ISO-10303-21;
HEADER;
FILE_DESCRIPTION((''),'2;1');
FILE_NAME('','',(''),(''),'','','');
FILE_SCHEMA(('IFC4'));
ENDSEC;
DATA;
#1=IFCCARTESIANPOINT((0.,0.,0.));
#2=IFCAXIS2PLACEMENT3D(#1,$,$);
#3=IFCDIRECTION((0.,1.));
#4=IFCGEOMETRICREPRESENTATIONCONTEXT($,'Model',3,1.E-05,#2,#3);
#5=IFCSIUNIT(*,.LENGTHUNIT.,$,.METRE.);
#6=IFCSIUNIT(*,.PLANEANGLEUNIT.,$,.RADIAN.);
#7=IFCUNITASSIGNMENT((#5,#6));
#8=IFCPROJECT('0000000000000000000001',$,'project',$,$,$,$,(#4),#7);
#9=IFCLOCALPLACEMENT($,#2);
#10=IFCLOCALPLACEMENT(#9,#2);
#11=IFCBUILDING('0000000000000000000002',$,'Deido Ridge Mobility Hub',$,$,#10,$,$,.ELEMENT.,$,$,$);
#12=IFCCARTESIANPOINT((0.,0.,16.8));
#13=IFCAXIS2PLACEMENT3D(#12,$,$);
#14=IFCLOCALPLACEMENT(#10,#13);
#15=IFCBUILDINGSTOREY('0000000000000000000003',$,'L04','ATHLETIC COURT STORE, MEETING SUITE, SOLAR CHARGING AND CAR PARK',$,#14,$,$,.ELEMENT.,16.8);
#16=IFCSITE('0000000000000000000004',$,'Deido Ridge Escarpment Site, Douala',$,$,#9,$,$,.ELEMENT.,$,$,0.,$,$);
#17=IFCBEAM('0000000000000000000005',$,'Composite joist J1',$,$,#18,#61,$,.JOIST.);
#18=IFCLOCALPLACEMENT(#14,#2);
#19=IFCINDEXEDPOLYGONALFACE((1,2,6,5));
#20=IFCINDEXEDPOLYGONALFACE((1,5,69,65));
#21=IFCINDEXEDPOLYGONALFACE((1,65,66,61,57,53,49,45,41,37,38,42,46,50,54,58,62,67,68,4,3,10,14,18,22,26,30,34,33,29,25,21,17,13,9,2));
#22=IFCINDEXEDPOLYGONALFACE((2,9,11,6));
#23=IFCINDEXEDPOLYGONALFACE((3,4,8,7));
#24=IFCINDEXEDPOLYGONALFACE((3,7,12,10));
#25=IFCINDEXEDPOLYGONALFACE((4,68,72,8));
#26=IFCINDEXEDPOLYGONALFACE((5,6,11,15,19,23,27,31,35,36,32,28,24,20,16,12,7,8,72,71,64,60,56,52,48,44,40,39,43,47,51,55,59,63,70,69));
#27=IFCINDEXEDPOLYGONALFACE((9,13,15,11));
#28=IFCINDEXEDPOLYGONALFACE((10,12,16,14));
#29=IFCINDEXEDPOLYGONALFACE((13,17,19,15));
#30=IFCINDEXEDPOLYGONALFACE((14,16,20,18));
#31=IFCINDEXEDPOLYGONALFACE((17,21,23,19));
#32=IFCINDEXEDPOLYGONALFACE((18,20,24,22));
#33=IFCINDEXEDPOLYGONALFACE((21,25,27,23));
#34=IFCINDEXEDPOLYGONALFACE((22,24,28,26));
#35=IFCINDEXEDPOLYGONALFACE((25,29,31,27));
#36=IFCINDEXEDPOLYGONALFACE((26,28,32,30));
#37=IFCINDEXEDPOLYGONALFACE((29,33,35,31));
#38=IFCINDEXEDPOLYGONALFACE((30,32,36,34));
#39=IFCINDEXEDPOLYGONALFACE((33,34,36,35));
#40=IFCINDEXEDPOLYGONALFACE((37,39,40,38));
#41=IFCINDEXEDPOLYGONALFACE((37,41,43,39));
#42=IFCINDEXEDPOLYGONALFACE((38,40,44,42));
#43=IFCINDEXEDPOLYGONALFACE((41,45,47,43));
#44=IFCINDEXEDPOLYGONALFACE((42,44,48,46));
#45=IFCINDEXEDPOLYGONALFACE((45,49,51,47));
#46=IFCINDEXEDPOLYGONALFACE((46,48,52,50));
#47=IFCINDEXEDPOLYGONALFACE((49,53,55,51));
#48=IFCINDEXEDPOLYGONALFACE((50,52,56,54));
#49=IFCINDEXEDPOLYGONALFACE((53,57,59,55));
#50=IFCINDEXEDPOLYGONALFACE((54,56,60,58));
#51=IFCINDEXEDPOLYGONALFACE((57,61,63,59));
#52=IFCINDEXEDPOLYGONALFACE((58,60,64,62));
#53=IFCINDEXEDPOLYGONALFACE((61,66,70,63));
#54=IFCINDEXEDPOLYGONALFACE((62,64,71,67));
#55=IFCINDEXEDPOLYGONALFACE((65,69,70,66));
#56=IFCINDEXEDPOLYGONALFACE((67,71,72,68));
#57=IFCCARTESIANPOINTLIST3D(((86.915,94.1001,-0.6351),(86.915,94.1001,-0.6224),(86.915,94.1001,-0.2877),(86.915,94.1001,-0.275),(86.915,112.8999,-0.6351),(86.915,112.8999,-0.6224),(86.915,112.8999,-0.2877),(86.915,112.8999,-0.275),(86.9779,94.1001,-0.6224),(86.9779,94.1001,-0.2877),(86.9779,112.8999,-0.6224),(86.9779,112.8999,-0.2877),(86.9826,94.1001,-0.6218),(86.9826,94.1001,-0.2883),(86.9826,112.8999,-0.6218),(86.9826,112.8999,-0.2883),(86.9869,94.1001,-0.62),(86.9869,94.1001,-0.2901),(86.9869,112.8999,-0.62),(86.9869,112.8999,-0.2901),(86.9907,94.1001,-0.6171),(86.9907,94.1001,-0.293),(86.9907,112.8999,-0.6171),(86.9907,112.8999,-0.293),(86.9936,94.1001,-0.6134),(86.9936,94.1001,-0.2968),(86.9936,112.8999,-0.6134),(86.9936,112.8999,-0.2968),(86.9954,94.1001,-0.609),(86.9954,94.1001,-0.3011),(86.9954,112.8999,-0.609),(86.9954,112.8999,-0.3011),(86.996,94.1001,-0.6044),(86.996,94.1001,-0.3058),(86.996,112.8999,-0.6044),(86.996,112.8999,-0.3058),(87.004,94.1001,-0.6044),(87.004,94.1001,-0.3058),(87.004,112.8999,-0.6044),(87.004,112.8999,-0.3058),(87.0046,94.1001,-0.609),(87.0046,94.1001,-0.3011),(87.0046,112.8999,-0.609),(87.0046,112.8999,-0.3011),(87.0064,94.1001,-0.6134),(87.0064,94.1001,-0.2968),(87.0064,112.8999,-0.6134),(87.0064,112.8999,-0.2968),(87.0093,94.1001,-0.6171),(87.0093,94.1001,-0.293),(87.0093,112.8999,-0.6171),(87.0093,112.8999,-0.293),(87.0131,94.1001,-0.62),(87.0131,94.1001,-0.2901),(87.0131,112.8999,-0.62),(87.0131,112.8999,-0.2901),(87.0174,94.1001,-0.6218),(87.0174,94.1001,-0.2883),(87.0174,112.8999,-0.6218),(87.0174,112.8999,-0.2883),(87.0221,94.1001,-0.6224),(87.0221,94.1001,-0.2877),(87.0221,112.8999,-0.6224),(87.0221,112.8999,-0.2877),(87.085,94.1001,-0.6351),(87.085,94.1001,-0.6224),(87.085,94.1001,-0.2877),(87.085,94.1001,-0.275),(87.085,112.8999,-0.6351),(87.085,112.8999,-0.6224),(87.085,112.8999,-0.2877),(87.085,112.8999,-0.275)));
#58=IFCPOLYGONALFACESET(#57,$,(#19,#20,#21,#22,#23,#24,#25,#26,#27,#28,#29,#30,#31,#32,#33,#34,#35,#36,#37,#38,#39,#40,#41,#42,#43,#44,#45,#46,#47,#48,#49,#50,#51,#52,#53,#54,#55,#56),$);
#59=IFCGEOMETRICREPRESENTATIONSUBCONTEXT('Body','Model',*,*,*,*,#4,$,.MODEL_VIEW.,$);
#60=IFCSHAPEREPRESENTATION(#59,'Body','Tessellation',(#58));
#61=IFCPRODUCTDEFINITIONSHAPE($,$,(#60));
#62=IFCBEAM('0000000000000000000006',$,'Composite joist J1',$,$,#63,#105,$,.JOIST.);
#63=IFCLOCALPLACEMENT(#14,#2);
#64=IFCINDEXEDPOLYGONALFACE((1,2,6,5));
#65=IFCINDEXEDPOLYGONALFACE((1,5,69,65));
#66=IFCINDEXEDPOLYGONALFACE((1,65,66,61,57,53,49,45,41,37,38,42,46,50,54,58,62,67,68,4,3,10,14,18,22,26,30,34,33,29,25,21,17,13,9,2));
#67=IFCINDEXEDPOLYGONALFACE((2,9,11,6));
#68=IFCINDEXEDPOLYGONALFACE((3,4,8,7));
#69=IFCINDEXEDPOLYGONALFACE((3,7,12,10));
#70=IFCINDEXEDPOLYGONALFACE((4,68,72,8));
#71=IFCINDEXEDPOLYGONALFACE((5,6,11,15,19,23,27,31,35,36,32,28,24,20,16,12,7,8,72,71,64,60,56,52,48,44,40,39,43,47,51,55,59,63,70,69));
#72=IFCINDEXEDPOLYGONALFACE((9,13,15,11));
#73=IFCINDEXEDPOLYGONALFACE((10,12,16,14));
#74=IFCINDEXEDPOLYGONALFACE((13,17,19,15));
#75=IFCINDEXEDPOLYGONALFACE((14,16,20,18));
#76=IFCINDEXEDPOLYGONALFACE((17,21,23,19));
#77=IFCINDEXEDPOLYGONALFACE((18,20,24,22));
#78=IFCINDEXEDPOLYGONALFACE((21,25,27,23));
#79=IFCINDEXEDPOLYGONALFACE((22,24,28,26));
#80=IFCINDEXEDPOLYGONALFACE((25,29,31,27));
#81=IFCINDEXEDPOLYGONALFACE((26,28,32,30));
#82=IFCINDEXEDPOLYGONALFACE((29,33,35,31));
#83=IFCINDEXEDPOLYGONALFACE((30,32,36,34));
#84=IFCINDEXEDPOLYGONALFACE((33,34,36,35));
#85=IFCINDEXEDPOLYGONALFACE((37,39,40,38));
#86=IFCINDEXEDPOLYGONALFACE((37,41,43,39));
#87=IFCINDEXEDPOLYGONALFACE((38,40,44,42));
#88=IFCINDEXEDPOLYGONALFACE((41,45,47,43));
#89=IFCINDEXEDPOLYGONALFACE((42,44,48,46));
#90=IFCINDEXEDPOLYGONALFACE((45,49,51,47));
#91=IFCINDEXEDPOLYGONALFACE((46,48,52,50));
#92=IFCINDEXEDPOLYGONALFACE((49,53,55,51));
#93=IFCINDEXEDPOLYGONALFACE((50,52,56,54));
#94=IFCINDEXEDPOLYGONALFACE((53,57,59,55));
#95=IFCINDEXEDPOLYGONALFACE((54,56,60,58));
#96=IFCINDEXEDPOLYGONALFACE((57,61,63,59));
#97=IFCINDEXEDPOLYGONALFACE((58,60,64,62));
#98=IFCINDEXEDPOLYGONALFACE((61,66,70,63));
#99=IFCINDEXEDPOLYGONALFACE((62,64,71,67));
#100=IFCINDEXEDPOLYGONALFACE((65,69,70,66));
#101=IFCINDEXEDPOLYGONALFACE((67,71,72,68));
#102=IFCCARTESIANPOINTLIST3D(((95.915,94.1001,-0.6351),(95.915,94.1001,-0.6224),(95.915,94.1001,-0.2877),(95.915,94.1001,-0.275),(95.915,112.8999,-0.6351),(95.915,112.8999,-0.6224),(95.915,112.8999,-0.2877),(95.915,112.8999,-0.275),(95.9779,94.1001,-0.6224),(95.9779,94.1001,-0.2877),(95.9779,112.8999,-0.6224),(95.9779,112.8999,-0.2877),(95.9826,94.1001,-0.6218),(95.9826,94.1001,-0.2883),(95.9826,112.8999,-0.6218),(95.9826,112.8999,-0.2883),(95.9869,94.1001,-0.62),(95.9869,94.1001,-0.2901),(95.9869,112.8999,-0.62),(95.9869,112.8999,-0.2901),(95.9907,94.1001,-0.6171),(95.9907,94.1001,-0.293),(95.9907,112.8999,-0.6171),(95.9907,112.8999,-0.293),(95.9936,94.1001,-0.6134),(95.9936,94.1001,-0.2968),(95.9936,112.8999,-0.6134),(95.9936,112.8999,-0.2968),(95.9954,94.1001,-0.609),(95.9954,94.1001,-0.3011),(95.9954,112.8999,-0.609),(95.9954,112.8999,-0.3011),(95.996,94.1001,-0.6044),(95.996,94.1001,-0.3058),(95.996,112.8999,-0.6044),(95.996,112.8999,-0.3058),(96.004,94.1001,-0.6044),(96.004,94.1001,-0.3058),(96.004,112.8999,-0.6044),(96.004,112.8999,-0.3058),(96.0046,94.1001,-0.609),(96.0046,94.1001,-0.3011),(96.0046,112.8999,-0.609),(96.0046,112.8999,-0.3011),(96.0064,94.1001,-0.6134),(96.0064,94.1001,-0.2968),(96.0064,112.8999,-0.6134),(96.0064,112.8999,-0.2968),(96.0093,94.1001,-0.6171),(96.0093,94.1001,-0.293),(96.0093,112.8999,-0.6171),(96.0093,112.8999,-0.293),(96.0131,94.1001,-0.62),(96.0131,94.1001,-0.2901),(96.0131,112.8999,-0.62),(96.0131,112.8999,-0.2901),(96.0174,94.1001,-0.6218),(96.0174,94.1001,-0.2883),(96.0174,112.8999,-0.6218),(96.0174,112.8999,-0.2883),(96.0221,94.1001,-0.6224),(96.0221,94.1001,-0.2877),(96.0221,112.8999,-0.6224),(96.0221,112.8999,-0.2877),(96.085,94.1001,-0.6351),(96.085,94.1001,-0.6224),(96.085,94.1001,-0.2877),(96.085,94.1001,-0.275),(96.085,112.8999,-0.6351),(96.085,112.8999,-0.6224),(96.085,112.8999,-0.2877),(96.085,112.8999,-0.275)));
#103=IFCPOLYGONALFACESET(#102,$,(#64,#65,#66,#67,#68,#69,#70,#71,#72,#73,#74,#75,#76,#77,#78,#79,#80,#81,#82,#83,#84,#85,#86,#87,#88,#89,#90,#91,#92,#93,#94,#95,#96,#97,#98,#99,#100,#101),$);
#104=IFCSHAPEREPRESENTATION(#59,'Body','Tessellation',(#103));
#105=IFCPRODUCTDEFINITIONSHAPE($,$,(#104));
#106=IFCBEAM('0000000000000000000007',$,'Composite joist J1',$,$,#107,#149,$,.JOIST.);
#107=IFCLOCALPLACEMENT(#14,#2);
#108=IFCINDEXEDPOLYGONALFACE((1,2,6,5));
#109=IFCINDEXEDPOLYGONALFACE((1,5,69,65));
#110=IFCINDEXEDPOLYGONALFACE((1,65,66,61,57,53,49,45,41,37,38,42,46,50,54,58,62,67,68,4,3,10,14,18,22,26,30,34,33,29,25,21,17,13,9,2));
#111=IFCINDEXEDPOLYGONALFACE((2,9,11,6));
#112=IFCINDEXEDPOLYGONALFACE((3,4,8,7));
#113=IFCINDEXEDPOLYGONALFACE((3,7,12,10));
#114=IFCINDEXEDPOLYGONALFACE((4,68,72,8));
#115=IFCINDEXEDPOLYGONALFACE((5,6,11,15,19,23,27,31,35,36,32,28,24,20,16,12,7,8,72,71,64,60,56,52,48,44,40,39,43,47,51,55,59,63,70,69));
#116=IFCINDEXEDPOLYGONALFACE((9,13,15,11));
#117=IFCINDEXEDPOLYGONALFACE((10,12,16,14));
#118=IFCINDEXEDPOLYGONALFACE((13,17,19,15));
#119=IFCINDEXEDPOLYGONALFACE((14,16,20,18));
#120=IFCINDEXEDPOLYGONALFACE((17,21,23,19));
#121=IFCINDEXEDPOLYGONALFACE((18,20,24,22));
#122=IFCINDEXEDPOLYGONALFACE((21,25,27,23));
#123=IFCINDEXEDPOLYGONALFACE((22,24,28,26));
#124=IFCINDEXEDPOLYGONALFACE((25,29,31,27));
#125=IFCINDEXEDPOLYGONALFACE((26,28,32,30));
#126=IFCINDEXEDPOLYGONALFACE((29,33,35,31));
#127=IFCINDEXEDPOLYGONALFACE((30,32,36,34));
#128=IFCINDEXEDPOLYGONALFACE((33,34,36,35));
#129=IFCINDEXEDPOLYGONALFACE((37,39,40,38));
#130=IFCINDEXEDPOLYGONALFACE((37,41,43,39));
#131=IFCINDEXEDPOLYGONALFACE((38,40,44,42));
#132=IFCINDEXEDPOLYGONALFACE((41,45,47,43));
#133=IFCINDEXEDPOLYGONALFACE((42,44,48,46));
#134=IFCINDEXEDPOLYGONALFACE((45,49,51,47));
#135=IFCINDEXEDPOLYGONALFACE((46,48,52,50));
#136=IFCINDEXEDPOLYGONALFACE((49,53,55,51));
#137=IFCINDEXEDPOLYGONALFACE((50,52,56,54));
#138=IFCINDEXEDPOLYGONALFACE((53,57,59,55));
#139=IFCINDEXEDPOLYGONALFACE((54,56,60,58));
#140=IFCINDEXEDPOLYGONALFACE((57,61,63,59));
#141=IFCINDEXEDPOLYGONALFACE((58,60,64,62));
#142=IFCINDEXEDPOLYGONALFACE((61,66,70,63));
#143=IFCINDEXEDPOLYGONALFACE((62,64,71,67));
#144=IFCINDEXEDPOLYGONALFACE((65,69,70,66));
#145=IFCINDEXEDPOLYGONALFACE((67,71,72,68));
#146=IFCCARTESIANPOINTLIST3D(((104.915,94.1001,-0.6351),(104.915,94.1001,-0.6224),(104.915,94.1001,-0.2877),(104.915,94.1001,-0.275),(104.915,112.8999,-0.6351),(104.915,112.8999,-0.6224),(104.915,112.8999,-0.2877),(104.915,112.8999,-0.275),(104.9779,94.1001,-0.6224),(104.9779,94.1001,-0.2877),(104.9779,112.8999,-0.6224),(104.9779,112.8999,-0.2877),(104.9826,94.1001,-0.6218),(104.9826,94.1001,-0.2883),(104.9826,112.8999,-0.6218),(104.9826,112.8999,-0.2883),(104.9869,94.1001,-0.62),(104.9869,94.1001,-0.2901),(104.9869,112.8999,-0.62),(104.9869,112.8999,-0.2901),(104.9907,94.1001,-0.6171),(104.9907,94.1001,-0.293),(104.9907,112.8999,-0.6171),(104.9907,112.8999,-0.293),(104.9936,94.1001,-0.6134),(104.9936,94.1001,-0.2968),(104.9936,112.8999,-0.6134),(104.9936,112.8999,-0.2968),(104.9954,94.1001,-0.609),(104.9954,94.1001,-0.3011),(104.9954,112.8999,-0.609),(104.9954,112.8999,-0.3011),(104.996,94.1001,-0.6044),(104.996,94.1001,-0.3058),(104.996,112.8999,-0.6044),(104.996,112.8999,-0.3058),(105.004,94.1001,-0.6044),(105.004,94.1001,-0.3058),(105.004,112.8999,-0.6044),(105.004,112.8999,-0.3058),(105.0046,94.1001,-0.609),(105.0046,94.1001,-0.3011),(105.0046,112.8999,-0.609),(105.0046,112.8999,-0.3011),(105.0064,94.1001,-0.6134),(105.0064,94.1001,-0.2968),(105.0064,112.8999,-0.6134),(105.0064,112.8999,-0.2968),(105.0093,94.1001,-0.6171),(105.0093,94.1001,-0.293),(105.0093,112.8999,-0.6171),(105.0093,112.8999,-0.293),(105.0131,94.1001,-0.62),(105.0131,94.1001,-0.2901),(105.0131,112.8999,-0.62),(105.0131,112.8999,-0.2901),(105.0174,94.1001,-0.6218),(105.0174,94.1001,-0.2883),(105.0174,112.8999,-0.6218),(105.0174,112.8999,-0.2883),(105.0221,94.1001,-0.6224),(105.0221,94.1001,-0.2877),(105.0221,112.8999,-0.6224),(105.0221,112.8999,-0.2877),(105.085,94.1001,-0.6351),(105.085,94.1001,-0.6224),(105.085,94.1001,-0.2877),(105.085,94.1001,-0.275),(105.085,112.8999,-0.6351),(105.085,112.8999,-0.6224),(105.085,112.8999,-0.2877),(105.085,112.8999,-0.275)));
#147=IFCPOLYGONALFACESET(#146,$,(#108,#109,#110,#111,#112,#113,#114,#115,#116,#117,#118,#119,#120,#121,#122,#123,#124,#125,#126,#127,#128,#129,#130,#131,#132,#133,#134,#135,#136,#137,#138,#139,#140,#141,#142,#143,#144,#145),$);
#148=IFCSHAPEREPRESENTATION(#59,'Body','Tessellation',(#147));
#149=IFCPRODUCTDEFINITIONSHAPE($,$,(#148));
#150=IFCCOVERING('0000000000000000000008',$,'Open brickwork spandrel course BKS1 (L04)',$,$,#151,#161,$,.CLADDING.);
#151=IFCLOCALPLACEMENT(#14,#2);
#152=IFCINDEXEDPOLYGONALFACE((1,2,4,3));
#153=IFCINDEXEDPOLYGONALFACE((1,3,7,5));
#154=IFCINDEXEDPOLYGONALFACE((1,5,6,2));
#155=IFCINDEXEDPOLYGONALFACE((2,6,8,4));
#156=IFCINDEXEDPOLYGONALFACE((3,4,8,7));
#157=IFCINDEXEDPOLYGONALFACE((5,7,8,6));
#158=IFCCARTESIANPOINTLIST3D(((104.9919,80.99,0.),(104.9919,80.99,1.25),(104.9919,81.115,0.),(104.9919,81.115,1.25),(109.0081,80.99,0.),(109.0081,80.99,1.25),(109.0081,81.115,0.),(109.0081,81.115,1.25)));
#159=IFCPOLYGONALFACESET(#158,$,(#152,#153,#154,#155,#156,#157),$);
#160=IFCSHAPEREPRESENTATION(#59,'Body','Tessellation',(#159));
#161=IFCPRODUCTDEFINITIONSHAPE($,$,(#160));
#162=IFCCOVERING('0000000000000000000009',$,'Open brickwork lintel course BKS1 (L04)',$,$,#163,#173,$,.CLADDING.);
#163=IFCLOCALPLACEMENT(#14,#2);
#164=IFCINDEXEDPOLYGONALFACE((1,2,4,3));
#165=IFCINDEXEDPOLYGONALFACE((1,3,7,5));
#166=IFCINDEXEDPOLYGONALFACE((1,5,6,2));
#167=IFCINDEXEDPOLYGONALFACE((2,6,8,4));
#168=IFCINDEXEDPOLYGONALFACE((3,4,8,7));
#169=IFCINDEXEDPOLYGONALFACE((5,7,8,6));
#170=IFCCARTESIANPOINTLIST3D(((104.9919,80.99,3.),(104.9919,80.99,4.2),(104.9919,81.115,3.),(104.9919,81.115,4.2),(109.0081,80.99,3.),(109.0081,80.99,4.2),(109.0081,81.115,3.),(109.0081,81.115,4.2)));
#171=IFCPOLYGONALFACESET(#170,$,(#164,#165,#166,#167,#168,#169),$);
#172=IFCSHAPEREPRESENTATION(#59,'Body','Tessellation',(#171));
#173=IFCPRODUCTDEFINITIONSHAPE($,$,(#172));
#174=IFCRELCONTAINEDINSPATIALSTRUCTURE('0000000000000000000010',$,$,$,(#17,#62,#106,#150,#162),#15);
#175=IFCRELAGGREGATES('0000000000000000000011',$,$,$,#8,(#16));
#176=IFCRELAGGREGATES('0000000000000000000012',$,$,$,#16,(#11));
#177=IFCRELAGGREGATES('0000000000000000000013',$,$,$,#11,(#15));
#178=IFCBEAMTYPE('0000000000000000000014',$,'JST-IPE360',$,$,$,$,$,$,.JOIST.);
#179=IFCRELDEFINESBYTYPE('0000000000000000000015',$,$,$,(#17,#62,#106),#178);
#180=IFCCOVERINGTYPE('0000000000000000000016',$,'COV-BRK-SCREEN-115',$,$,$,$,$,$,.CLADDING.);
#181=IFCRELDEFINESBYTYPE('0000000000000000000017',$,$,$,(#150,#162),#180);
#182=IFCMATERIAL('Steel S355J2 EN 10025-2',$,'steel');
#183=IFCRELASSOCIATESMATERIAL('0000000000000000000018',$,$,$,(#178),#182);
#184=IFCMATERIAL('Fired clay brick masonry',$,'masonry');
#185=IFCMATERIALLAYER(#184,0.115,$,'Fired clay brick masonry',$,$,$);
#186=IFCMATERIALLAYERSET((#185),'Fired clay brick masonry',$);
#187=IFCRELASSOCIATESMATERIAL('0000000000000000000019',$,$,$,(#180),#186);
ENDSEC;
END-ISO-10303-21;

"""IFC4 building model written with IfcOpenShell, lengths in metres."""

from ifc_helpers import new_model, si_unit, direction, frame, origin, origin_2d, place, context, subcontext, project, spatial, rectangle, i_section, extrude, material, layer, layer_set, material_profile, profile_set, type_object, element, save


model = new_model("IFC4")

# Units and contexts
model_context = context("Model", 3, precision=1e-05, world=origin(), true_north=direction((0.0, 1.0)))
body_context = subcontext(model_context, "Body", "Model", "MODEL_VIEW")
ifc_project = project(units=[si_unit("LENGTHUNIT", "METRE"), si_unit("PLANEANGLEUNIT", "RADIAN")], contexts=[model_context])

# Site, building, storey
site_placement = place(None, origin())
site = spatial("IfcSite", under=ifc_project, at=site_placement, Name="Deido Ridge Escarpment Site, Douala", CompositionType="ELEMENT", RefElevation=0.0)
building_placement = place(site_placement, origin())
building = spatial("IfcBuilding", under=site, at=building_placement, Name="Deido Ridge Mobility Hub", CompositionType="ELEMENT")
storey_placement = place(building_placement, frame((0.0, 0.0, 16.8)))
storey = spatial("IfcBuildingStorey", under=building, at=storey_placement, Name="L04", Description="ATHLETIC COURT STORE, MEETING SUITE, SOLAR CHARGING AND CAR PARK", CompositionType="ELEMENT", Elevation=16.8)

# Shared definitions
ifc_material_1 = material(Name="Steel S355J2 EN 10025-2", Category="steel")

# Beams
ifc_material_profile_1 = material_profile(ifc_material_1, i_section(OverallWidth=0.1699, OverallDepth=0.3601, WebThickness=0.0081, FlangeThickness=0.0127, FilletRadius=0.0181, at=origin_2d()), Name="IPE 360")
ifc_profile_set_1 = profile_set([ifc_material_profile_1], Name="Steel S355J2 EN 10025-2")
beam_type_1 = type_object("IfcBeamType", Name="JST-IPE360", PredefinedType="JOIST", material=ifc_profile_set_1)
for number, where, z_axis, x_axis, name in (
    (1, (87.0, 94.1001, -0.4551), (0.0, 1.0, 0.0), (-1.0, 0.0, 0.0), "Composite joist J1"),
    (2, (96.0, 94.1001, -0.4551), (0.0, 1.0, 0.0), (-1.0, 0.0, 0.0), "Composite joist J1"),
    (3, (105.0, 94.1001, -0.4551), (0.0, 1.0, 0.0), (-1.0, 0.0, 0.0), "Composite joist J1"),
):
    element("IfcBeam", number, at=place(storey_placement, frame(where, z_axis=z_axis, x_axis=x_axis)), inside=storey, type_object=beam_type_1, Name=name, PredefinedType="JOIST", context=body_context, shape_type="SweptSolid", body=[
        extrude(i_section(OverallWidth=0.1699, OverallDepth=0.3601, WebThickness=0.0081, FlangeThickness=0.0127, FilletRadius=0.0181, at=origin_2d()), origin(), (0.0, 0.0, 1.0), 18.7998),
    ])

# Coverings
ifc_material_2 = material(Name="Fired clay brick masonry", Category="masonry")
ifc_layer = layer(ifc_material_2, 0.115, Name="Fired clay brick masonry")
ifc_layer_set = layer_set([ifc_layer], Name="Fired clay brick masonry")
covering_type = type_object("IfcCoveringType", Name="COV-BRK-SCREEN-115", PredefinedType="CLADDING", material=ifc_layer_set)
covering_1_placement = place(storey_placement, frame((107.0, 81.0525, 0.0), z_axis=(0.0, 0.0, 1.0), x_axis=(1.0, 0.0, 0.0)))
element("IfcCovering", 4, at=covering_1_placement, inside=storey, type_object=covering_type, Name="Open brickwork spandrel course BKS1 (L04)", PredefinedType="CLADDING", context=body_context, shape_type="SweptSolid", body=[
    extrude(rectangle(XDim=4.0161, YDim=0.125, at=origin_2d()), origin(), (0.0, 0.0, 1.0), 1.25),
])
covering_2_placement = place(storey_placement, frame((107.0, 81.0525, 3.0), z_axis=(0.0, 0.0, 1.0), x_axis=(1.0, 0.0, 0.0)))
element("IfcCovering", 5, at=covering_2_placement, inside=storey, type_object=covering_type, Name="Open brickwork lintel course BKS1 (L04)", PredefinedType="CLADDING", context=body_context, shape_type="SweptSolid", body=[
    extrude(rectangle(XDim=4.0161, YDim=0.125, at=origin_2d()), origin(), (0.0, 0.0, 1.0), 1.2),
])

save(model, "model.ifc")
